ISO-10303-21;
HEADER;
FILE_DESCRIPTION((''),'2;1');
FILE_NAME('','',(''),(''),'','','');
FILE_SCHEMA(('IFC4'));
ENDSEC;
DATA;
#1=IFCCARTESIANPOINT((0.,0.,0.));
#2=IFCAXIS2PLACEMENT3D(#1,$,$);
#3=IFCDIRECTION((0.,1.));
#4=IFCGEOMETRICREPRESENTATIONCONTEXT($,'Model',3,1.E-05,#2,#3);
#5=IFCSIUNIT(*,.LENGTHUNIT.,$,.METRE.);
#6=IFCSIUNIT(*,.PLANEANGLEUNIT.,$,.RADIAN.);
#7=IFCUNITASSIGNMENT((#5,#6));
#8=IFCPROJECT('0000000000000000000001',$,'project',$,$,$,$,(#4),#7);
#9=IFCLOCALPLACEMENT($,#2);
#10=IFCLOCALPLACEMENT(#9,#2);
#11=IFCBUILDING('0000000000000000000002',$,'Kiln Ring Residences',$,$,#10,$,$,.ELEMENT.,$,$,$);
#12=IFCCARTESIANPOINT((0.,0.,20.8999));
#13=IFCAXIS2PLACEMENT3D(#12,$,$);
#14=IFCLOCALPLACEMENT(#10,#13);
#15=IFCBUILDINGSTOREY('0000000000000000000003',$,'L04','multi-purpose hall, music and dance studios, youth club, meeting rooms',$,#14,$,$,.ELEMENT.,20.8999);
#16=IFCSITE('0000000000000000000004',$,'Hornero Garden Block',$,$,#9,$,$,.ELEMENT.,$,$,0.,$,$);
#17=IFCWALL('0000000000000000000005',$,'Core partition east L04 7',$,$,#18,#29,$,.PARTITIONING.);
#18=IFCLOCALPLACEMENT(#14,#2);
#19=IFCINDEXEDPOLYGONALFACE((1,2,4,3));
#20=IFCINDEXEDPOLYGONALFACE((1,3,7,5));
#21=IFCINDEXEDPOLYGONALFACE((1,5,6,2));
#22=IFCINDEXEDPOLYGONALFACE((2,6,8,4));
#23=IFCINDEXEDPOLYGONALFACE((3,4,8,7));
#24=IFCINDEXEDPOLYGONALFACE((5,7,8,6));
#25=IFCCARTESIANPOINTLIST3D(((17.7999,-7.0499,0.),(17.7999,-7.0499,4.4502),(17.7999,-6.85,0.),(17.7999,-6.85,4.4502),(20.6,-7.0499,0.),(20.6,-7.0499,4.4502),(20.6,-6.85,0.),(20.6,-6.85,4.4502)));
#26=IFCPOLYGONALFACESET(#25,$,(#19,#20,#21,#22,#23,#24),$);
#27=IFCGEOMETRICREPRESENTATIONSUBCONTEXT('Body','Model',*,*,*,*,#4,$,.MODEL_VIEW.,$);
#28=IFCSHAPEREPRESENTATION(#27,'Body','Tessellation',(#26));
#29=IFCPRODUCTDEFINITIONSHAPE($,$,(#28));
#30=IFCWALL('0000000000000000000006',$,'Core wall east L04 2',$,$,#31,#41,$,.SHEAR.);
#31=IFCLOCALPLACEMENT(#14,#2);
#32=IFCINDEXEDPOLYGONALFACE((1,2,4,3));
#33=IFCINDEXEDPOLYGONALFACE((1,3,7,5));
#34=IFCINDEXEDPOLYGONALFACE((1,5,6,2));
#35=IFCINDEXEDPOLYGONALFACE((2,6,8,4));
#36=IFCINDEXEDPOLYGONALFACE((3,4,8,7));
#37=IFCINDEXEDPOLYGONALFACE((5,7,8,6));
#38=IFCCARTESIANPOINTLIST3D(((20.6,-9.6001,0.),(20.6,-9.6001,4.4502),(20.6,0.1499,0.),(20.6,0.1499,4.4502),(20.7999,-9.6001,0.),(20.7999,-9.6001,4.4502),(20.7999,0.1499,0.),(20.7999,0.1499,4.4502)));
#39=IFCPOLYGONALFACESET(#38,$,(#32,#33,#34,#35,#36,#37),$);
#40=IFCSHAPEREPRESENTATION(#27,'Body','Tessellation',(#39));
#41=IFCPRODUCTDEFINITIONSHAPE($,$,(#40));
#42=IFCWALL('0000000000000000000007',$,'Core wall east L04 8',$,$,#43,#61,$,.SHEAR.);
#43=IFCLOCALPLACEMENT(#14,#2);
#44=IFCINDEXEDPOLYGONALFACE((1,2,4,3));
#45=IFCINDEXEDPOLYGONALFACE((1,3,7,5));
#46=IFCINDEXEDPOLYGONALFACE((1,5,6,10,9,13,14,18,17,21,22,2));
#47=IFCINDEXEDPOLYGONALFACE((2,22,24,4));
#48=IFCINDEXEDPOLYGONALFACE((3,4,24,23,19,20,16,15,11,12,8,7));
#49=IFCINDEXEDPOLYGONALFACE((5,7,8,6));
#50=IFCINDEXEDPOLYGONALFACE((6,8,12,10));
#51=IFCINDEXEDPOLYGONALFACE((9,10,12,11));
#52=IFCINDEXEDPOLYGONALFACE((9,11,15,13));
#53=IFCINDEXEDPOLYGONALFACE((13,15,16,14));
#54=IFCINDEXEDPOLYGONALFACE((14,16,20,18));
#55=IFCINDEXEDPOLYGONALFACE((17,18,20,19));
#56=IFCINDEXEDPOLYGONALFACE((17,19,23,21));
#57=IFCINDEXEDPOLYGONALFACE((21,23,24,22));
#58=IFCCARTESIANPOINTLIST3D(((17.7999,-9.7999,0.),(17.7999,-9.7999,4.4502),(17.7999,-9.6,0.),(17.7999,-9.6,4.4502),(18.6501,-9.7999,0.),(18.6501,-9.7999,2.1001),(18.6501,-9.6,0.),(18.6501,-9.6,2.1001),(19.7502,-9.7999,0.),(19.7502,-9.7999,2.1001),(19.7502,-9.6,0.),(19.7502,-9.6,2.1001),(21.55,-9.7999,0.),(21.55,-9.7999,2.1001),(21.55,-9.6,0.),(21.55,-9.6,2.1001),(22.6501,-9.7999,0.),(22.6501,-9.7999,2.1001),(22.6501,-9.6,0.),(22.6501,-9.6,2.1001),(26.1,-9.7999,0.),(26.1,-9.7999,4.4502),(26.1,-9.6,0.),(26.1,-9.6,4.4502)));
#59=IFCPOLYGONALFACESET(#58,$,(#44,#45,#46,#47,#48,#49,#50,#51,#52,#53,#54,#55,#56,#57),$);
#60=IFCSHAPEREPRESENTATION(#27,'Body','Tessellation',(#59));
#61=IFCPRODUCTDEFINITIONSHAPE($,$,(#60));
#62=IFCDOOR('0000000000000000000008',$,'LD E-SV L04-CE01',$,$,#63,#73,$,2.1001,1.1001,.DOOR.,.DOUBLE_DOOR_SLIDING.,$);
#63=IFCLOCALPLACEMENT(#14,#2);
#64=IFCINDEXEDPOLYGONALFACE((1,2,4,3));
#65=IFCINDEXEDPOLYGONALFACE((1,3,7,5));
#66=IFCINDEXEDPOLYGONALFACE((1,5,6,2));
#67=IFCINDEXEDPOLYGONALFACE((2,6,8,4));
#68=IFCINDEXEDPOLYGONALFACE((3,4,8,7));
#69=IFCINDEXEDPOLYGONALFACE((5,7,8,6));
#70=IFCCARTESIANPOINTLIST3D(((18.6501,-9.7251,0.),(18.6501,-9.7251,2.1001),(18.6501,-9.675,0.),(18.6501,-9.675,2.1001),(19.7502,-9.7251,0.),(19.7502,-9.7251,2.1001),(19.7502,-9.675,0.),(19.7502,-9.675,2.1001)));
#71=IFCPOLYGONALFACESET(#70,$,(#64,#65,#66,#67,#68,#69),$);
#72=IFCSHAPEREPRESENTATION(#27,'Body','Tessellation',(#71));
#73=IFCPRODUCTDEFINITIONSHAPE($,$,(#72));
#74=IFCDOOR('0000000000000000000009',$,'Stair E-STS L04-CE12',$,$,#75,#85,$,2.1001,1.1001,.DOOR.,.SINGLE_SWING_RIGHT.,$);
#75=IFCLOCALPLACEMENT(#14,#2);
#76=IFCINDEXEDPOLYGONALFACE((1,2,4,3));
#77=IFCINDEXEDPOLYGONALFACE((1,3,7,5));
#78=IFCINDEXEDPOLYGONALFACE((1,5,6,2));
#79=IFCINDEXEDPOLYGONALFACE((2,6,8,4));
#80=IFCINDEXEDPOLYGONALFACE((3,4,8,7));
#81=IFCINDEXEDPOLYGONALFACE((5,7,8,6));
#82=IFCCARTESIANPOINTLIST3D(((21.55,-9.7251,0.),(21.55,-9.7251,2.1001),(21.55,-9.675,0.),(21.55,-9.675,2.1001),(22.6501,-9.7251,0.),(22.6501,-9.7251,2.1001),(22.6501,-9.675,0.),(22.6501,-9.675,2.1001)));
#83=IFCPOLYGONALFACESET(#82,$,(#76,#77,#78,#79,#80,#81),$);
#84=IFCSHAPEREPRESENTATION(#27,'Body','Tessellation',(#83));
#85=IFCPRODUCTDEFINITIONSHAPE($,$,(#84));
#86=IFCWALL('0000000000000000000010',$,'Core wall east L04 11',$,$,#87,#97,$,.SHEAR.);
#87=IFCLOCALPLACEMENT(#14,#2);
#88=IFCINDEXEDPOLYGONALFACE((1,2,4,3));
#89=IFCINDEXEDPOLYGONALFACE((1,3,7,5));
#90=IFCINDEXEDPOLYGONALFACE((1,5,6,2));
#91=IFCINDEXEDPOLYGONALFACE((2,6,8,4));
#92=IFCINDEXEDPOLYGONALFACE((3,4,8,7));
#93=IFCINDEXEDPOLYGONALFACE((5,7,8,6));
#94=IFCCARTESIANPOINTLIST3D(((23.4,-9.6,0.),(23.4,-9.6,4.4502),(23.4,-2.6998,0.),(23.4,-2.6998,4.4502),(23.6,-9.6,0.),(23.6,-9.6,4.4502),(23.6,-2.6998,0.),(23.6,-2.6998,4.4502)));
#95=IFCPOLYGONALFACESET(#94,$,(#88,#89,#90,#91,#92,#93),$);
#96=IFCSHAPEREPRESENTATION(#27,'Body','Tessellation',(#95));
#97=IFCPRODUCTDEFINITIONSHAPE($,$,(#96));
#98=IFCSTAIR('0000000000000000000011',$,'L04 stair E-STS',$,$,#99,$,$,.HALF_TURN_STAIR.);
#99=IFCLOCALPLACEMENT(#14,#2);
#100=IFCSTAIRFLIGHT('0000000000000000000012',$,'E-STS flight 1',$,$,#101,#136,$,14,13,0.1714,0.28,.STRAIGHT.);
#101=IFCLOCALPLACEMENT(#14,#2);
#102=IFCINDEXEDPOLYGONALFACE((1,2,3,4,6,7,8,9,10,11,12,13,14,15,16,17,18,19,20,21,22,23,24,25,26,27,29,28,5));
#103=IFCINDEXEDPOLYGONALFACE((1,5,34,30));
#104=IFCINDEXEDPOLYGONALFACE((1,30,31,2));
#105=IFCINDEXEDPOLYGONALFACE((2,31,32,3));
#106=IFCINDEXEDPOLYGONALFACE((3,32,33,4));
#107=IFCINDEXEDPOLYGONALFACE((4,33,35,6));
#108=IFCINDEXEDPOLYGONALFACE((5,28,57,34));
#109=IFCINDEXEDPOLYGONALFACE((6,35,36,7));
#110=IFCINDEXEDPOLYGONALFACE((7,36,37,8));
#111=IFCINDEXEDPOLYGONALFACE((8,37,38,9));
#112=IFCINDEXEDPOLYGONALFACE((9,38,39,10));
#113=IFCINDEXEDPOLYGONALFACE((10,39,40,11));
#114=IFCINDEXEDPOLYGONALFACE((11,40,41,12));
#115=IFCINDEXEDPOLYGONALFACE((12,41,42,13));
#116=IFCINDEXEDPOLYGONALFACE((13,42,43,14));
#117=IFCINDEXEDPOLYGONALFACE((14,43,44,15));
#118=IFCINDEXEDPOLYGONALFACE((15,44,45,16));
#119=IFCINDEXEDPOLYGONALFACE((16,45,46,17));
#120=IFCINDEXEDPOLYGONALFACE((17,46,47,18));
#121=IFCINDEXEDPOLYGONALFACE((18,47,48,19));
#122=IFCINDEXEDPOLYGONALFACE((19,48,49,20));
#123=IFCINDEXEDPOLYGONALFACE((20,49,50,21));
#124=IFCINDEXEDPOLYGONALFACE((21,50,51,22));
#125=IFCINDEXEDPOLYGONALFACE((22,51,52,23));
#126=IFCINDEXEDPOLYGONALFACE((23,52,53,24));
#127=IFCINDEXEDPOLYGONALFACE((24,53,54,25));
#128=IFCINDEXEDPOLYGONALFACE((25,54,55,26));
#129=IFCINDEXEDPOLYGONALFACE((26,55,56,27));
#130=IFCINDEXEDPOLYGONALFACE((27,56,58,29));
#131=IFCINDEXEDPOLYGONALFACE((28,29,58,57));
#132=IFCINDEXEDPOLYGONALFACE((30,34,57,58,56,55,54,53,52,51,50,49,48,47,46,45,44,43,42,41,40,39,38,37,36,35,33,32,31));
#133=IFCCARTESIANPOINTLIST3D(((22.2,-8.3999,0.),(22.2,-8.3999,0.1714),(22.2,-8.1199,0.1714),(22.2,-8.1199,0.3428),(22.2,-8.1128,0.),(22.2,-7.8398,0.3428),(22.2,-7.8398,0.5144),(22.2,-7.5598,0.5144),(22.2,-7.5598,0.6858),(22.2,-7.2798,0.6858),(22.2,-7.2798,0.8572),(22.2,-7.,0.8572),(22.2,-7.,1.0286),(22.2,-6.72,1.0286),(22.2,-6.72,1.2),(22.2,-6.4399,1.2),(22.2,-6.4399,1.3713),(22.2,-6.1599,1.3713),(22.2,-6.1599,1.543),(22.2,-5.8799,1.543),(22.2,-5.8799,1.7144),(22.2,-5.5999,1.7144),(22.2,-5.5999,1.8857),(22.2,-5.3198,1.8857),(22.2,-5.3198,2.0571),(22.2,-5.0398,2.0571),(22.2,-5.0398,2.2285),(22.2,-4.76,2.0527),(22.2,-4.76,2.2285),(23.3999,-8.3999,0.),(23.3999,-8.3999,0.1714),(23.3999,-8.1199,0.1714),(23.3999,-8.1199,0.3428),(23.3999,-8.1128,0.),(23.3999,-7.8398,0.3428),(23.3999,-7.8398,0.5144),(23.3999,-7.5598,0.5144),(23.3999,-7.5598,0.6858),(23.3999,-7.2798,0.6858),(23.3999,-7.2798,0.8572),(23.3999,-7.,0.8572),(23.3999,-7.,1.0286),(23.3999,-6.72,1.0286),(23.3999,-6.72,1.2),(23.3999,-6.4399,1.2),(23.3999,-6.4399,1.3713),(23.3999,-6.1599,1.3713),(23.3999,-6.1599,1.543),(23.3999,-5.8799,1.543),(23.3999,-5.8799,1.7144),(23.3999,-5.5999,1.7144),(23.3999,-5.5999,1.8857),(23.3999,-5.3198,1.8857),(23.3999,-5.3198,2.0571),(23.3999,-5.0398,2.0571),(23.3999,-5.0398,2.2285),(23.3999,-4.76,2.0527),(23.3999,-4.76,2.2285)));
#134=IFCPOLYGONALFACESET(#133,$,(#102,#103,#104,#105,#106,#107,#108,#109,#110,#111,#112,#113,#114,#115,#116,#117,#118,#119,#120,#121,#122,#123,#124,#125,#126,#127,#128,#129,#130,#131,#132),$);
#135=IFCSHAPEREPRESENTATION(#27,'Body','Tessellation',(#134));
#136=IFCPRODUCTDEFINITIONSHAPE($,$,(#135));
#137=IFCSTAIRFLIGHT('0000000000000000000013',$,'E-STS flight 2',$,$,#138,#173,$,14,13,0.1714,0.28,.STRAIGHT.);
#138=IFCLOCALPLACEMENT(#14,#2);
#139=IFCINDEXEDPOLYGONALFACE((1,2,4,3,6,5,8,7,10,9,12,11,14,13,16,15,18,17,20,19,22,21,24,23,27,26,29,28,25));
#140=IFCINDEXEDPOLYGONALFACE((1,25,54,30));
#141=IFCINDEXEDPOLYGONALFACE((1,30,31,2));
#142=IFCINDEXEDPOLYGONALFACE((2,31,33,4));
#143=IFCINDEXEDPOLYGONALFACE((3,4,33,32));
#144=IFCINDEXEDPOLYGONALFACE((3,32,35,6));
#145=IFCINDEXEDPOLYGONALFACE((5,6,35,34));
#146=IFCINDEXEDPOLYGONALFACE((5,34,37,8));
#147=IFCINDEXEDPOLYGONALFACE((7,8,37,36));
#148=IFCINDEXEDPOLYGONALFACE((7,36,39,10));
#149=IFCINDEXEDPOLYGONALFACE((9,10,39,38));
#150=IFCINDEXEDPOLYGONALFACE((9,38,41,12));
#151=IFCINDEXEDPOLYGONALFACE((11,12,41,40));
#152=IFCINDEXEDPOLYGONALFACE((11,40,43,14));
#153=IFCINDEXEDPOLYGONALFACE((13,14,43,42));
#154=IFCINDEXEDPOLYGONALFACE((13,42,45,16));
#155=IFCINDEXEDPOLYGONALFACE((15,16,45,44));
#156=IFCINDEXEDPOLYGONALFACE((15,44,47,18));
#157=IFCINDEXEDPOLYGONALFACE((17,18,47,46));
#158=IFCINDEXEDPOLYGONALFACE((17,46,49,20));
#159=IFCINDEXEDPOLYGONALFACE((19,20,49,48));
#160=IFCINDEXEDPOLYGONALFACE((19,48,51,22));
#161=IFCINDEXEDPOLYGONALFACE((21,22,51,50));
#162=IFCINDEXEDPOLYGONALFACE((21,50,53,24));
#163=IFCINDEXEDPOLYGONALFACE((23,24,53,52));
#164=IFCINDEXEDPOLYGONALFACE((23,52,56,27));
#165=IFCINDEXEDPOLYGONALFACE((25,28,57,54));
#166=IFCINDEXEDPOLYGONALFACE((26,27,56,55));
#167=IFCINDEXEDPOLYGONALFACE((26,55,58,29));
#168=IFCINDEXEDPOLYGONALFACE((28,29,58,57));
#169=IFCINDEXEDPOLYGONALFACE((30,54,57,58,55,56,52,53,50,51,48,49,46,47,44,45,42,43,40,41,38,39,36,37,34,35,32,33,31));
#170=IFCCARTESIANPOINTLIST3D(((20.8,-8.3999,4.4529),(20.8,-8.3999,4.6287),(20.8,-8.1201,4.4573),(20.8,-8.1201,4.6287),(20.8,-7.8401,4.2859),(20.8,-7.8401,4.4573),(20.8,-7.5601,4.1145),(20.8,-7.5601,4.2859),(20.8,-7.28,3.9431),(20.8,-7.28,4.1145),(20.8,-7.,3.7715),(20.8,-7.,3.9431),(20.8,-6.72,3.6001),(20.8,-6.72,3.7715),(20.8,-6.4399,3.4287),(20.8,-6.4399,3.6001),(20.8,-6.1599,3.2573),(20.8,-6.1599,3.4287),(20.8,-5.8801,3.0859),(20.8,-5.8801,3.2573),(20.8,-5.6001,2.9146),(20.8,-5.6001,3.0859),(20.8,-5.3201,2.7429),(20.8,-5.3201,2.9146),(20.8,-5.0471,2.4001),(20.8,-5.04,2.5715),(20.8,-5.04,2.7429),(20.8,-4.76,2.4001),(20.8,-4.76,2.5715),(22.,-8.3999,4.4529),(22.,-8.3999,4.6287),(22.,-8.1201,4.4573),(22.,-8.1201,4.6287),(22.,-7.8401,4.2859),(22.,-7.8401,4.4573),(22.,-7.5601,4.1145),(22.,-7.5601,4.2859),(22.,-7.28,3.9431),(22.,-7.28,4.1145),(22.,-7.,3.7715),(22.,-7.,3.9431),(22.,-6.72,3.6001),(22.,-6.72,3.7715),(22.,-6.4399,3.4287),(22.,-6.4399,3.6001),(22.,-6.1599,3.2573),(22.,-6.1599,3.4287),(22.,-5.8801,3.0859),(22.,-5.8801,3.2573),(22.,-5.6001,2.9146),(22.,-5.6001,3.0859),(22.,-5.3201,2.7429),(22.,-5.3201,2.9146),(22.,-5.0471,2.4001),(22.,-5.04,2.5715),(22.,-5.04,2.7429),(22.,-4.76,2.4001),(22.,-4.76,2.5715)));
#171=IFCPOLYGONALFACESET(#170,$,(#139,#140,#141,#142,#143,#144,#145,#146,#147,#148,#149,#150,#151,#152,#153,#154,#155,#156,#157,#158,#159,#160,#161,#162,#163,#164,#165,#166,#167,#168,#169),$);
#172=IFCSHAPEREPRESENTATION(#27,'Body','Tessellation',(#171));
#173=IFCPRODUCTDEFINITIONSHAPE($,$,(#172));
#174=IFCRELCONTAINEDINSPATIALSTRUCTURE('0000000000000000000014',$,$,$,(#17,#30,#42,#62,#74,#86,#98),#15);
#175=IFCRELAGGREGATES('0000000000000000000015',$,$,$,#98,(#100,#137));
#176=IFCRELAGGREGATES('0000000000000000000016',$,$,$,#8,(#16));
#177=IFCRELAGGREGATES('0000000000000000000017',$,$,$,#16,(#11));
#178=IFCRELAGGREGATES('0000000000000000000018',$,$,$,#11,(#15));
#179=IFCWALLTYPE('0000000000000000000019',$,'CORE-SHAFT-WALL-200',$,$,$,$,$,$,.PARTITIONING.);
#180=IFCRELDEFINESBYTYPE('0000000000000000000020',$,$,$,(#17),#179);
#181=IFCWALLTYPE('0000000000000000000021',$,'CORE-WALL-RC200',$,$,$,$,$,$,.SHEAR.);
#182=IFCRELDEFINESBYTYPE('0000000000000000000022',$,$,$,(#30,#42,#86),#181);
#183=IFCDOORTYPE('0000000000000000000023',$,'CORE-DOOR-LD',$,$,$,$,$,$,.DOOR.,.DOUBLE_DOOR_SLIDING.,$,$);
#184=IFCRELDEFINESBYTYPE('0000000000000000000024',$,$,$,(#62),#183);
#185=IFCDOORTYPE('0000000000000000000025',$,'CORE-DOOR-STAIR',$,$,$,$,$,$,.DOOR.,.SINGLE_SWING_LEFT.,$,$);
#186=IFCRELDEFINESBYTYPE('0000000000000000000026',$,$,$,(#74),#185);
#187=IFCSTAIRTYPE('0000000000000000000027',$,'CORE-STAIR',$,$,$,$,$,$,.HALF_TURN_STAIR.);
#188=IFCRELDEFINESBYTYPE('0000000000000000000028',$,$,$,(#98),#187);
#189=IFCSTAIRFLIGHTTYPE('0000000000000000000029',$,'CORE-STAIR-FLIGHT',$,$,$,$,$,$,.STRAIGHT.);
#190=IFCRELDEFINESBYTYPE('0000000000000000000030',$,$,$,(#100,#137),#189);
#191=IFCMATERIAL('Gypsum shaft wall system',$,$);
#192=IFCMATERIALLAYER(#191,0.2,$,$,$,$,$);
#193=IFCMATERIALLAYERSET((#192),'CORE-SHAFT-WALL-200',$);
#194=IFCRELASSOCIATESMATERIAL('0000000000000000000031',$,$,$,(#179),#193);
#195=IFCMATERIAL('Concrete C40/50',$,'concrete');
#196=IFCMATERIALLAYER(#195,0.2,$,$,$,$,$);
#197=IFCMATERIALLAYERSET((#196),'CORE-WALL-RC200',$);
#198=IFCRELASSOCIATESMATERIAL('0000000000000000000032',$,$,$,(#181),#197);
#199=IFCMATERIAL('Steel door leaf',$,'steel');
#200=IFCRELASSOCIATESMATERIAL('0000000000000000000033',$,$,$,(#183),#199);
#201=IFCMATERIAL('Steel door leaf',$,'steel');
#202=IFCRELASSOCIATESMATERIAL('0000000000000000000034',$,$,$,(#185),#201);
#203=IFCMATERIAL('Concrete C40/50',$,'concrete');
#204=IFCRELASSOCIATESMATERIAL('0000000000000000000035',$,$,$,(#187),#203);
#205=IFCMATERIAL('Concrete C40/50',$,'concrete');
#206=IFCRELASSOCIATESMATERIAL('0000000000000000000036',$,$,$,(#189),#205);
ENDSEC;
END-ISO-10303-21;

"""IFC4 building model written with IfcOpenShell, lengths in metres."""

from ifc_helpers import new_model, si_unit, direction, frame, frame_2d, origin, place, context, subcontext, project, spatial, polyline, rectangle, outline, extrude, material, layer, layer_set, type_object, element, fill, aggregate, save


model = new_model("IFC4")

# Units and contexts
model_context = context("Model", 3, precision=1e-05, world=origin(), true_north=direction((0.0, 1.0)))
body_context = subcontext(model_context, "Body", "Model", "MODEL_VIEW")
ifc_project = project(units=[si_unit("LENGTHUNIT", "METRE"), si_unit("PLANEANGLEUNIT", "RADIAN")], contexts=[model_context])

# Site, building, storey
site_placement = place(None, origin())
site = spatial("IfcSite", under=ifc_project, at=site_placement, Name="Hornero Garden Block", CompositionType="ELEMENT", RefElevation=0.0)
building_placement = place(site_placement, origin())
building = spatial("IfcBuilding", under=site, at=building_placement, Name="Kiln Ring Residences", CompositionType="ELEMENT")
storey_placement = place(building_placement, frame((0.0, 0.0, 20.8999)))
storey = spatial("IfcBuildingStorey", under=building, at=storey_placement, Name="L04", Description="multi-purpose hall, music and dance studios, youth club, meeting rooms", CompositionType="ELEMENT", Elevation=20.8999)

# Walls
ifc_material_1 = material(Name="Gypsum shaft wall system")
ifc_layer_1 = layer(ifc_material_1, 0.2)
ifc_layer_set_1 = layer_set([ifc_layer_1], Name="CORE-SHAFT-WALL-200")
wall_type_1 = type_object("IfcWallType", Name="CORE-SHAFT-WALL-200", PredefinedType="PARTITIONING", material=ifc_layer_set_1)
wall_1_placement = place(storey_placement, frame((17.8, -6.95, 0.0), z_axis=(0.0, 0.0, 1.0), x_axis=(1.0, 0.0, 0.0)))
element("IfcWall", 1, at=wall_1_placement, inside=storey, type_object=wall_type_1, Name="Core partition east L04 7", PredefinedType="PARTITIONING", context=body_context, shape_type="SweptSolid", body=[
    extrude(rectangle(XDim=2.8, YDim=0.2, at=frame_2d((1.3999, 0.0))), origin(), (0.0, 0.0, 1.0), 4.4502),
])
ifc_material_2 = material(Name="Concrete C40/50", Category="concrete")
ifc_layer_2 = layer(ifc_material_2, 0.2)
ifc_layer_set_2 = layer_set([ifc_layer_2], Name="CORE-WALL-RC200")
wall_type_2 = type_object("IfcWallType", Name="CORE-WALL-RC200", PredefinedType="SHEAR", material=ifc_layer_set_2)
wall_2_placement = place(storey_placement, frame((20.7, -9.6001, 0.0), z_axis=(0.0, 0.0, 1.0), x_axis=(0.0, 1.0, 0.0)))
element("IfcWall", 2, at=wall_2_placement, inside=storey, type_object=wall_type_2, Name="Core wall east L04 2", PredefinedType="SHEAR", context=body_context, shape_type="SweptSolid", body=[
    extrude(rectangle(XDim=9.75, YDim=0.2, at=frame_2d((4.875, 0.0))), origin(), (0.0, 0.0, 1.0), 4.4502),
])

# Wall, openings, doors
wall_3_placement = place(storey_placement, frame((17.8, -9.7, 0.0), z_axis=(0.0, 0.0, 1.0), x_axis=(1.0, 0.0, 0.0)))
wall_3 = element("IfcWall", 3, at=wall_3_placement, inside=storey, type_object=wall_type_2, Name="Core wall east L04 8", PredefinedType="SHEAR", context=body_context, shape_type="SweptSolid", body=[
    extrude(rectangle(XDim=8.3, YDim=0.2, at=frame_2d((4.1499, 0.0))), origin(), (0.0, 0.0, 1.0), 4.4502),
])
opening_1_placement = place(wall_3_placement, frame((0.8501, 0.0, 0.0)))
opening_1 = element("IfcOpeningElement", 4, at=opening_1_placement, cuts=wall_3, PredefinedType="OPENING", context=body_context, shape_type="SweptSolid", body=[
    extrude(rectangle(XDim=1.1001, YDim=2.1001, at=frame_2d((0.55, 1.05))), frame((0.0, 0.1099, 0.0), z_axis=(0.0, -1.0, 0.0), x_axis=(1.0, 0.0, 0.0)), (0.0, 0.0, 1.0), 0.22),
])
opening_2_placement = place(wall_3_placement, frame((3.75, 0.0, 0.0)))
opening_2 = element("IfcOpeningElement", 5, at=opening_2_placement, cuts=wall_3, PredefinedType="OPENING", context=body_context, shape_type="SweptSolid", body=[
    extrude(rectangle(XDim=1.1001, YDim=2.1001, at=frame_2d((0.55, 1.05))), frame((0.0, 0.1099, 0.0), z_axis=(0.0, -1.0, 0.0), x_axis=(1.0, 0.0, 0.0)), (0.0, 0.0, 1.0), 0.22),
])
ifc_material_3 = material(Name="Steel door leaf", Category="steel")
door_type_1 = type_object("IfcDoorType", Name="CORE-DOOR-LD", OperationType="DOUBLE_DOOR_SLIDING", PredefinedType="DOOR", material=ifc_material_3)
door_1_placement = place(opening_1_placement, origin())
door_1 = element("IfcDoor", 6, at=door_1_placement, inside=storey, type_object=door_type_1, Name="LD E-SV L04-CE01", OperationType="DOUBLE_DOOR_SLIDING", OverallHeight=2.1001, OverallWidth=1.1001, PredefinedType="DOOR", context=body_context, shape_type="SweptSolid", body=[
    extrude(rectangle(XDim=1.1001, YDim=2.1001, at=frame_2d((0.55, 1.05))), frame((0.0, 0.0249, 0.0), z_axis=(0.0, -1.0, 0.0), x_axis=(1.0, 0.0, 0.0)), (0.0, 0.0, 1.0), 0.05),
])
fill(opening_1, door_1)
ifc_material_4 = material(Name="Steel door leaf", Category="steel")
door_type_2 = type_object("IfcDoorType", Name="CORE-DOOR-STAIR", OperationType="SINGLE_SWING_LEFT", PredefinedType="DOOR", material=ifc_material_4)
door_2_placement = place(opening_2_placement, origin())
door_2 = element("IfcDoor", 7, at=door_2_placement, inside=storey, type_object=door_type_2, Name="Stair E-STS L04-CE12", OperationType="SINGLE_SWING_RIGHT", OverallHeight=2.1001, OverallWidth=1.1001, PredefinedType="DOOR", context=body_context, shape_type="SweptSolid", body=[
    extrude(rectangle(XDim=1.1001, YDim=2.1001, at=frame_2d((0.55, 1.05))), frame((0.0, 0.0249, 0.0), z_axis=(0.0, -1.0, 0.0), x_axis=(1.0, 0.0, 0.0)), (0.0, 0.0, 1.0), 0.05),
])
fill(opening_2, door_2)

# Wall
wall_4_placement = place(storey_placement, frame((23.5, -9.6001, 0.0), z_axis=(0.0, 0.0, 1.0), x_axis=(0.0, 1.0, 0.0)))
element("IfcWall", 8, at=wall_4_placement, inside=storey, type_object=wall_type_2, Name="Core wall east L04 11", PredefinedType="SHEAR", context=body_context, shape_type="SweptSolid", body=[
    extrude(rectangle(XDim=6.9001, YDim=0.2, at=frame_2d((3.4502, 0.0))), origin(), (0.0, 0.0, 1.0), 4.4502),
])

# Stair, stair flights
ifc_material_5 = material(Name="Concrete C40/50", Category="concrete")
stair_type = type_object("IfcStairType", Name="CORE-STAIR", PredefinedType="HALF_TURN_STAIR", material=ifc_material_5)
stair_placement = place(storey_placement, origin())
stair = element("IfcStair", 9, at=stair_placement, inside=storey, type_object=stair_type, Name="L04 stair E-STS", PredefinedType="HALF_TURN_STAIR")
ifc_material_6 = material(Name="Concrete C40/50", Category="concrete")
stair_flight_type = type_object("IfcStairFlightType", Name="CORE-STAIR-FLIGHT", PredefinedType="STRAIGHT", material=ifc_material_6)
stair_flight_1_placement = place(storey_placement, frame((22.8, -8.3999, 0.0), z_axis=(0.0, 0.0, 1.0), x_axis=(0.0, 1.0, 0.0)))
stair_flight_1 = element("IfcStairFlight", 10, at=stair_flight_1_placement, type_object=stair_flight_type, Name="E-STS flight 1", NumberOfRisers=14, NumberOfTreads=13, PredefinedType="STRAIGHT", RiserHeight=0.1714, TreadLength=0.28, context=body_context, shape_type="SweptSolid", body=[
    extrude(outline(polyline([(0.0, 0.0), (0.0, 0.1714), (0.28, 0.1714), (0.28, 0.3428), (0.5601, 0.3428), (0.5601, 0.5144), (0.8401, 0.5144), (0.8401, 0.6858), (1.1201, 0.6858), (1.1201, 0.8572), (1.3999, 0.8572), (1.3999, 1.0286), (1.6799, 1.0286), (1.6799, 1.2), (1.96, 1.2), (1.96, 1.3713), (2.24, 1.3713), (2.24, 1.543), (2.52, 1.543), (2.52, 1.7144), (2.8, 1.7144), (2.8, 1.8857), (3.0801, 1.8857), (3.0801, 2.0571), (3.3601, 2.0571), (3.3601, 2.2285), (3.6399, 2.2285), (3.6399, 2.3999), (3.6399, 2.0527), (0.2871, 0.0), (0.0, 0.0)])), frame((0.0, 0.6001, 0.0), z_axis=(0.0, -1.0, 0.0), x_axis=(1.0, 0.0, 0.0)), (0.0, 0.0, 1.0), 1.2),
])
stair_flight_2_placement = place(storey_placement, frame((21.3999, -4.76, 2.4001), z_axis=(0.0, 0.0, 1.0), x_axis=(0.0, -1.0, 0.0)))
stair_flight_2 = element("IfcStairFlight", 11, at=stair_flight_2_placement, type_object=stair_flight_type, Name="E-STS flight 2", NumberOfRisers=14, NumberOfTreads=13, PredefinedType="STRAIGHT", RiserHeight=0.1714, TreadLength=0.28, context=body_context, shape_type="SweptSolid", body=[
    extrude(outline(polyline([(0.0, 0.0), (0.0, 0.1714), (0.28, 0.1714), (0.28, 0.3428), (0.5601, 0.3428), (0.5601, 0.5144), (0.8401, 0.5144), (0.8401, 0.6858), (1.1201, 0.6858), (1.1201, 0.8572), (1.3999, 0.8572), (1.3999, 1.0286), (1.6799, 1.0286), (1.6799, 1.2), (1.96, 1.2), (1.96, 1.3713), (2.24, 1.3713), (2.24, 1.543), (2.52, 1.543), (2.52, 1.7144), (2.8, 1.7144), (2.8, 1.8857), (3.0801, 1.8857), (3.0801, 2.0571), (3.3601, 2.0571), (3.3601, 2.2285), (3.6399, 2.2285), (3.6399, 2.3999), (3.6399, 2.0527), (0.2871, 0.0), (0.0, 0.0)])), frame((0.0, 0.6001, 0.0), z_axis=(0.0, -1.0, 0.0), x_axis=(1.0, 0.0, 0.0)), (0.0, 0.0, 1.0), 1.2),
])
aggregate(stair, [stair_flight_1, stair_flight_2])

save(model, "model.ifc")
